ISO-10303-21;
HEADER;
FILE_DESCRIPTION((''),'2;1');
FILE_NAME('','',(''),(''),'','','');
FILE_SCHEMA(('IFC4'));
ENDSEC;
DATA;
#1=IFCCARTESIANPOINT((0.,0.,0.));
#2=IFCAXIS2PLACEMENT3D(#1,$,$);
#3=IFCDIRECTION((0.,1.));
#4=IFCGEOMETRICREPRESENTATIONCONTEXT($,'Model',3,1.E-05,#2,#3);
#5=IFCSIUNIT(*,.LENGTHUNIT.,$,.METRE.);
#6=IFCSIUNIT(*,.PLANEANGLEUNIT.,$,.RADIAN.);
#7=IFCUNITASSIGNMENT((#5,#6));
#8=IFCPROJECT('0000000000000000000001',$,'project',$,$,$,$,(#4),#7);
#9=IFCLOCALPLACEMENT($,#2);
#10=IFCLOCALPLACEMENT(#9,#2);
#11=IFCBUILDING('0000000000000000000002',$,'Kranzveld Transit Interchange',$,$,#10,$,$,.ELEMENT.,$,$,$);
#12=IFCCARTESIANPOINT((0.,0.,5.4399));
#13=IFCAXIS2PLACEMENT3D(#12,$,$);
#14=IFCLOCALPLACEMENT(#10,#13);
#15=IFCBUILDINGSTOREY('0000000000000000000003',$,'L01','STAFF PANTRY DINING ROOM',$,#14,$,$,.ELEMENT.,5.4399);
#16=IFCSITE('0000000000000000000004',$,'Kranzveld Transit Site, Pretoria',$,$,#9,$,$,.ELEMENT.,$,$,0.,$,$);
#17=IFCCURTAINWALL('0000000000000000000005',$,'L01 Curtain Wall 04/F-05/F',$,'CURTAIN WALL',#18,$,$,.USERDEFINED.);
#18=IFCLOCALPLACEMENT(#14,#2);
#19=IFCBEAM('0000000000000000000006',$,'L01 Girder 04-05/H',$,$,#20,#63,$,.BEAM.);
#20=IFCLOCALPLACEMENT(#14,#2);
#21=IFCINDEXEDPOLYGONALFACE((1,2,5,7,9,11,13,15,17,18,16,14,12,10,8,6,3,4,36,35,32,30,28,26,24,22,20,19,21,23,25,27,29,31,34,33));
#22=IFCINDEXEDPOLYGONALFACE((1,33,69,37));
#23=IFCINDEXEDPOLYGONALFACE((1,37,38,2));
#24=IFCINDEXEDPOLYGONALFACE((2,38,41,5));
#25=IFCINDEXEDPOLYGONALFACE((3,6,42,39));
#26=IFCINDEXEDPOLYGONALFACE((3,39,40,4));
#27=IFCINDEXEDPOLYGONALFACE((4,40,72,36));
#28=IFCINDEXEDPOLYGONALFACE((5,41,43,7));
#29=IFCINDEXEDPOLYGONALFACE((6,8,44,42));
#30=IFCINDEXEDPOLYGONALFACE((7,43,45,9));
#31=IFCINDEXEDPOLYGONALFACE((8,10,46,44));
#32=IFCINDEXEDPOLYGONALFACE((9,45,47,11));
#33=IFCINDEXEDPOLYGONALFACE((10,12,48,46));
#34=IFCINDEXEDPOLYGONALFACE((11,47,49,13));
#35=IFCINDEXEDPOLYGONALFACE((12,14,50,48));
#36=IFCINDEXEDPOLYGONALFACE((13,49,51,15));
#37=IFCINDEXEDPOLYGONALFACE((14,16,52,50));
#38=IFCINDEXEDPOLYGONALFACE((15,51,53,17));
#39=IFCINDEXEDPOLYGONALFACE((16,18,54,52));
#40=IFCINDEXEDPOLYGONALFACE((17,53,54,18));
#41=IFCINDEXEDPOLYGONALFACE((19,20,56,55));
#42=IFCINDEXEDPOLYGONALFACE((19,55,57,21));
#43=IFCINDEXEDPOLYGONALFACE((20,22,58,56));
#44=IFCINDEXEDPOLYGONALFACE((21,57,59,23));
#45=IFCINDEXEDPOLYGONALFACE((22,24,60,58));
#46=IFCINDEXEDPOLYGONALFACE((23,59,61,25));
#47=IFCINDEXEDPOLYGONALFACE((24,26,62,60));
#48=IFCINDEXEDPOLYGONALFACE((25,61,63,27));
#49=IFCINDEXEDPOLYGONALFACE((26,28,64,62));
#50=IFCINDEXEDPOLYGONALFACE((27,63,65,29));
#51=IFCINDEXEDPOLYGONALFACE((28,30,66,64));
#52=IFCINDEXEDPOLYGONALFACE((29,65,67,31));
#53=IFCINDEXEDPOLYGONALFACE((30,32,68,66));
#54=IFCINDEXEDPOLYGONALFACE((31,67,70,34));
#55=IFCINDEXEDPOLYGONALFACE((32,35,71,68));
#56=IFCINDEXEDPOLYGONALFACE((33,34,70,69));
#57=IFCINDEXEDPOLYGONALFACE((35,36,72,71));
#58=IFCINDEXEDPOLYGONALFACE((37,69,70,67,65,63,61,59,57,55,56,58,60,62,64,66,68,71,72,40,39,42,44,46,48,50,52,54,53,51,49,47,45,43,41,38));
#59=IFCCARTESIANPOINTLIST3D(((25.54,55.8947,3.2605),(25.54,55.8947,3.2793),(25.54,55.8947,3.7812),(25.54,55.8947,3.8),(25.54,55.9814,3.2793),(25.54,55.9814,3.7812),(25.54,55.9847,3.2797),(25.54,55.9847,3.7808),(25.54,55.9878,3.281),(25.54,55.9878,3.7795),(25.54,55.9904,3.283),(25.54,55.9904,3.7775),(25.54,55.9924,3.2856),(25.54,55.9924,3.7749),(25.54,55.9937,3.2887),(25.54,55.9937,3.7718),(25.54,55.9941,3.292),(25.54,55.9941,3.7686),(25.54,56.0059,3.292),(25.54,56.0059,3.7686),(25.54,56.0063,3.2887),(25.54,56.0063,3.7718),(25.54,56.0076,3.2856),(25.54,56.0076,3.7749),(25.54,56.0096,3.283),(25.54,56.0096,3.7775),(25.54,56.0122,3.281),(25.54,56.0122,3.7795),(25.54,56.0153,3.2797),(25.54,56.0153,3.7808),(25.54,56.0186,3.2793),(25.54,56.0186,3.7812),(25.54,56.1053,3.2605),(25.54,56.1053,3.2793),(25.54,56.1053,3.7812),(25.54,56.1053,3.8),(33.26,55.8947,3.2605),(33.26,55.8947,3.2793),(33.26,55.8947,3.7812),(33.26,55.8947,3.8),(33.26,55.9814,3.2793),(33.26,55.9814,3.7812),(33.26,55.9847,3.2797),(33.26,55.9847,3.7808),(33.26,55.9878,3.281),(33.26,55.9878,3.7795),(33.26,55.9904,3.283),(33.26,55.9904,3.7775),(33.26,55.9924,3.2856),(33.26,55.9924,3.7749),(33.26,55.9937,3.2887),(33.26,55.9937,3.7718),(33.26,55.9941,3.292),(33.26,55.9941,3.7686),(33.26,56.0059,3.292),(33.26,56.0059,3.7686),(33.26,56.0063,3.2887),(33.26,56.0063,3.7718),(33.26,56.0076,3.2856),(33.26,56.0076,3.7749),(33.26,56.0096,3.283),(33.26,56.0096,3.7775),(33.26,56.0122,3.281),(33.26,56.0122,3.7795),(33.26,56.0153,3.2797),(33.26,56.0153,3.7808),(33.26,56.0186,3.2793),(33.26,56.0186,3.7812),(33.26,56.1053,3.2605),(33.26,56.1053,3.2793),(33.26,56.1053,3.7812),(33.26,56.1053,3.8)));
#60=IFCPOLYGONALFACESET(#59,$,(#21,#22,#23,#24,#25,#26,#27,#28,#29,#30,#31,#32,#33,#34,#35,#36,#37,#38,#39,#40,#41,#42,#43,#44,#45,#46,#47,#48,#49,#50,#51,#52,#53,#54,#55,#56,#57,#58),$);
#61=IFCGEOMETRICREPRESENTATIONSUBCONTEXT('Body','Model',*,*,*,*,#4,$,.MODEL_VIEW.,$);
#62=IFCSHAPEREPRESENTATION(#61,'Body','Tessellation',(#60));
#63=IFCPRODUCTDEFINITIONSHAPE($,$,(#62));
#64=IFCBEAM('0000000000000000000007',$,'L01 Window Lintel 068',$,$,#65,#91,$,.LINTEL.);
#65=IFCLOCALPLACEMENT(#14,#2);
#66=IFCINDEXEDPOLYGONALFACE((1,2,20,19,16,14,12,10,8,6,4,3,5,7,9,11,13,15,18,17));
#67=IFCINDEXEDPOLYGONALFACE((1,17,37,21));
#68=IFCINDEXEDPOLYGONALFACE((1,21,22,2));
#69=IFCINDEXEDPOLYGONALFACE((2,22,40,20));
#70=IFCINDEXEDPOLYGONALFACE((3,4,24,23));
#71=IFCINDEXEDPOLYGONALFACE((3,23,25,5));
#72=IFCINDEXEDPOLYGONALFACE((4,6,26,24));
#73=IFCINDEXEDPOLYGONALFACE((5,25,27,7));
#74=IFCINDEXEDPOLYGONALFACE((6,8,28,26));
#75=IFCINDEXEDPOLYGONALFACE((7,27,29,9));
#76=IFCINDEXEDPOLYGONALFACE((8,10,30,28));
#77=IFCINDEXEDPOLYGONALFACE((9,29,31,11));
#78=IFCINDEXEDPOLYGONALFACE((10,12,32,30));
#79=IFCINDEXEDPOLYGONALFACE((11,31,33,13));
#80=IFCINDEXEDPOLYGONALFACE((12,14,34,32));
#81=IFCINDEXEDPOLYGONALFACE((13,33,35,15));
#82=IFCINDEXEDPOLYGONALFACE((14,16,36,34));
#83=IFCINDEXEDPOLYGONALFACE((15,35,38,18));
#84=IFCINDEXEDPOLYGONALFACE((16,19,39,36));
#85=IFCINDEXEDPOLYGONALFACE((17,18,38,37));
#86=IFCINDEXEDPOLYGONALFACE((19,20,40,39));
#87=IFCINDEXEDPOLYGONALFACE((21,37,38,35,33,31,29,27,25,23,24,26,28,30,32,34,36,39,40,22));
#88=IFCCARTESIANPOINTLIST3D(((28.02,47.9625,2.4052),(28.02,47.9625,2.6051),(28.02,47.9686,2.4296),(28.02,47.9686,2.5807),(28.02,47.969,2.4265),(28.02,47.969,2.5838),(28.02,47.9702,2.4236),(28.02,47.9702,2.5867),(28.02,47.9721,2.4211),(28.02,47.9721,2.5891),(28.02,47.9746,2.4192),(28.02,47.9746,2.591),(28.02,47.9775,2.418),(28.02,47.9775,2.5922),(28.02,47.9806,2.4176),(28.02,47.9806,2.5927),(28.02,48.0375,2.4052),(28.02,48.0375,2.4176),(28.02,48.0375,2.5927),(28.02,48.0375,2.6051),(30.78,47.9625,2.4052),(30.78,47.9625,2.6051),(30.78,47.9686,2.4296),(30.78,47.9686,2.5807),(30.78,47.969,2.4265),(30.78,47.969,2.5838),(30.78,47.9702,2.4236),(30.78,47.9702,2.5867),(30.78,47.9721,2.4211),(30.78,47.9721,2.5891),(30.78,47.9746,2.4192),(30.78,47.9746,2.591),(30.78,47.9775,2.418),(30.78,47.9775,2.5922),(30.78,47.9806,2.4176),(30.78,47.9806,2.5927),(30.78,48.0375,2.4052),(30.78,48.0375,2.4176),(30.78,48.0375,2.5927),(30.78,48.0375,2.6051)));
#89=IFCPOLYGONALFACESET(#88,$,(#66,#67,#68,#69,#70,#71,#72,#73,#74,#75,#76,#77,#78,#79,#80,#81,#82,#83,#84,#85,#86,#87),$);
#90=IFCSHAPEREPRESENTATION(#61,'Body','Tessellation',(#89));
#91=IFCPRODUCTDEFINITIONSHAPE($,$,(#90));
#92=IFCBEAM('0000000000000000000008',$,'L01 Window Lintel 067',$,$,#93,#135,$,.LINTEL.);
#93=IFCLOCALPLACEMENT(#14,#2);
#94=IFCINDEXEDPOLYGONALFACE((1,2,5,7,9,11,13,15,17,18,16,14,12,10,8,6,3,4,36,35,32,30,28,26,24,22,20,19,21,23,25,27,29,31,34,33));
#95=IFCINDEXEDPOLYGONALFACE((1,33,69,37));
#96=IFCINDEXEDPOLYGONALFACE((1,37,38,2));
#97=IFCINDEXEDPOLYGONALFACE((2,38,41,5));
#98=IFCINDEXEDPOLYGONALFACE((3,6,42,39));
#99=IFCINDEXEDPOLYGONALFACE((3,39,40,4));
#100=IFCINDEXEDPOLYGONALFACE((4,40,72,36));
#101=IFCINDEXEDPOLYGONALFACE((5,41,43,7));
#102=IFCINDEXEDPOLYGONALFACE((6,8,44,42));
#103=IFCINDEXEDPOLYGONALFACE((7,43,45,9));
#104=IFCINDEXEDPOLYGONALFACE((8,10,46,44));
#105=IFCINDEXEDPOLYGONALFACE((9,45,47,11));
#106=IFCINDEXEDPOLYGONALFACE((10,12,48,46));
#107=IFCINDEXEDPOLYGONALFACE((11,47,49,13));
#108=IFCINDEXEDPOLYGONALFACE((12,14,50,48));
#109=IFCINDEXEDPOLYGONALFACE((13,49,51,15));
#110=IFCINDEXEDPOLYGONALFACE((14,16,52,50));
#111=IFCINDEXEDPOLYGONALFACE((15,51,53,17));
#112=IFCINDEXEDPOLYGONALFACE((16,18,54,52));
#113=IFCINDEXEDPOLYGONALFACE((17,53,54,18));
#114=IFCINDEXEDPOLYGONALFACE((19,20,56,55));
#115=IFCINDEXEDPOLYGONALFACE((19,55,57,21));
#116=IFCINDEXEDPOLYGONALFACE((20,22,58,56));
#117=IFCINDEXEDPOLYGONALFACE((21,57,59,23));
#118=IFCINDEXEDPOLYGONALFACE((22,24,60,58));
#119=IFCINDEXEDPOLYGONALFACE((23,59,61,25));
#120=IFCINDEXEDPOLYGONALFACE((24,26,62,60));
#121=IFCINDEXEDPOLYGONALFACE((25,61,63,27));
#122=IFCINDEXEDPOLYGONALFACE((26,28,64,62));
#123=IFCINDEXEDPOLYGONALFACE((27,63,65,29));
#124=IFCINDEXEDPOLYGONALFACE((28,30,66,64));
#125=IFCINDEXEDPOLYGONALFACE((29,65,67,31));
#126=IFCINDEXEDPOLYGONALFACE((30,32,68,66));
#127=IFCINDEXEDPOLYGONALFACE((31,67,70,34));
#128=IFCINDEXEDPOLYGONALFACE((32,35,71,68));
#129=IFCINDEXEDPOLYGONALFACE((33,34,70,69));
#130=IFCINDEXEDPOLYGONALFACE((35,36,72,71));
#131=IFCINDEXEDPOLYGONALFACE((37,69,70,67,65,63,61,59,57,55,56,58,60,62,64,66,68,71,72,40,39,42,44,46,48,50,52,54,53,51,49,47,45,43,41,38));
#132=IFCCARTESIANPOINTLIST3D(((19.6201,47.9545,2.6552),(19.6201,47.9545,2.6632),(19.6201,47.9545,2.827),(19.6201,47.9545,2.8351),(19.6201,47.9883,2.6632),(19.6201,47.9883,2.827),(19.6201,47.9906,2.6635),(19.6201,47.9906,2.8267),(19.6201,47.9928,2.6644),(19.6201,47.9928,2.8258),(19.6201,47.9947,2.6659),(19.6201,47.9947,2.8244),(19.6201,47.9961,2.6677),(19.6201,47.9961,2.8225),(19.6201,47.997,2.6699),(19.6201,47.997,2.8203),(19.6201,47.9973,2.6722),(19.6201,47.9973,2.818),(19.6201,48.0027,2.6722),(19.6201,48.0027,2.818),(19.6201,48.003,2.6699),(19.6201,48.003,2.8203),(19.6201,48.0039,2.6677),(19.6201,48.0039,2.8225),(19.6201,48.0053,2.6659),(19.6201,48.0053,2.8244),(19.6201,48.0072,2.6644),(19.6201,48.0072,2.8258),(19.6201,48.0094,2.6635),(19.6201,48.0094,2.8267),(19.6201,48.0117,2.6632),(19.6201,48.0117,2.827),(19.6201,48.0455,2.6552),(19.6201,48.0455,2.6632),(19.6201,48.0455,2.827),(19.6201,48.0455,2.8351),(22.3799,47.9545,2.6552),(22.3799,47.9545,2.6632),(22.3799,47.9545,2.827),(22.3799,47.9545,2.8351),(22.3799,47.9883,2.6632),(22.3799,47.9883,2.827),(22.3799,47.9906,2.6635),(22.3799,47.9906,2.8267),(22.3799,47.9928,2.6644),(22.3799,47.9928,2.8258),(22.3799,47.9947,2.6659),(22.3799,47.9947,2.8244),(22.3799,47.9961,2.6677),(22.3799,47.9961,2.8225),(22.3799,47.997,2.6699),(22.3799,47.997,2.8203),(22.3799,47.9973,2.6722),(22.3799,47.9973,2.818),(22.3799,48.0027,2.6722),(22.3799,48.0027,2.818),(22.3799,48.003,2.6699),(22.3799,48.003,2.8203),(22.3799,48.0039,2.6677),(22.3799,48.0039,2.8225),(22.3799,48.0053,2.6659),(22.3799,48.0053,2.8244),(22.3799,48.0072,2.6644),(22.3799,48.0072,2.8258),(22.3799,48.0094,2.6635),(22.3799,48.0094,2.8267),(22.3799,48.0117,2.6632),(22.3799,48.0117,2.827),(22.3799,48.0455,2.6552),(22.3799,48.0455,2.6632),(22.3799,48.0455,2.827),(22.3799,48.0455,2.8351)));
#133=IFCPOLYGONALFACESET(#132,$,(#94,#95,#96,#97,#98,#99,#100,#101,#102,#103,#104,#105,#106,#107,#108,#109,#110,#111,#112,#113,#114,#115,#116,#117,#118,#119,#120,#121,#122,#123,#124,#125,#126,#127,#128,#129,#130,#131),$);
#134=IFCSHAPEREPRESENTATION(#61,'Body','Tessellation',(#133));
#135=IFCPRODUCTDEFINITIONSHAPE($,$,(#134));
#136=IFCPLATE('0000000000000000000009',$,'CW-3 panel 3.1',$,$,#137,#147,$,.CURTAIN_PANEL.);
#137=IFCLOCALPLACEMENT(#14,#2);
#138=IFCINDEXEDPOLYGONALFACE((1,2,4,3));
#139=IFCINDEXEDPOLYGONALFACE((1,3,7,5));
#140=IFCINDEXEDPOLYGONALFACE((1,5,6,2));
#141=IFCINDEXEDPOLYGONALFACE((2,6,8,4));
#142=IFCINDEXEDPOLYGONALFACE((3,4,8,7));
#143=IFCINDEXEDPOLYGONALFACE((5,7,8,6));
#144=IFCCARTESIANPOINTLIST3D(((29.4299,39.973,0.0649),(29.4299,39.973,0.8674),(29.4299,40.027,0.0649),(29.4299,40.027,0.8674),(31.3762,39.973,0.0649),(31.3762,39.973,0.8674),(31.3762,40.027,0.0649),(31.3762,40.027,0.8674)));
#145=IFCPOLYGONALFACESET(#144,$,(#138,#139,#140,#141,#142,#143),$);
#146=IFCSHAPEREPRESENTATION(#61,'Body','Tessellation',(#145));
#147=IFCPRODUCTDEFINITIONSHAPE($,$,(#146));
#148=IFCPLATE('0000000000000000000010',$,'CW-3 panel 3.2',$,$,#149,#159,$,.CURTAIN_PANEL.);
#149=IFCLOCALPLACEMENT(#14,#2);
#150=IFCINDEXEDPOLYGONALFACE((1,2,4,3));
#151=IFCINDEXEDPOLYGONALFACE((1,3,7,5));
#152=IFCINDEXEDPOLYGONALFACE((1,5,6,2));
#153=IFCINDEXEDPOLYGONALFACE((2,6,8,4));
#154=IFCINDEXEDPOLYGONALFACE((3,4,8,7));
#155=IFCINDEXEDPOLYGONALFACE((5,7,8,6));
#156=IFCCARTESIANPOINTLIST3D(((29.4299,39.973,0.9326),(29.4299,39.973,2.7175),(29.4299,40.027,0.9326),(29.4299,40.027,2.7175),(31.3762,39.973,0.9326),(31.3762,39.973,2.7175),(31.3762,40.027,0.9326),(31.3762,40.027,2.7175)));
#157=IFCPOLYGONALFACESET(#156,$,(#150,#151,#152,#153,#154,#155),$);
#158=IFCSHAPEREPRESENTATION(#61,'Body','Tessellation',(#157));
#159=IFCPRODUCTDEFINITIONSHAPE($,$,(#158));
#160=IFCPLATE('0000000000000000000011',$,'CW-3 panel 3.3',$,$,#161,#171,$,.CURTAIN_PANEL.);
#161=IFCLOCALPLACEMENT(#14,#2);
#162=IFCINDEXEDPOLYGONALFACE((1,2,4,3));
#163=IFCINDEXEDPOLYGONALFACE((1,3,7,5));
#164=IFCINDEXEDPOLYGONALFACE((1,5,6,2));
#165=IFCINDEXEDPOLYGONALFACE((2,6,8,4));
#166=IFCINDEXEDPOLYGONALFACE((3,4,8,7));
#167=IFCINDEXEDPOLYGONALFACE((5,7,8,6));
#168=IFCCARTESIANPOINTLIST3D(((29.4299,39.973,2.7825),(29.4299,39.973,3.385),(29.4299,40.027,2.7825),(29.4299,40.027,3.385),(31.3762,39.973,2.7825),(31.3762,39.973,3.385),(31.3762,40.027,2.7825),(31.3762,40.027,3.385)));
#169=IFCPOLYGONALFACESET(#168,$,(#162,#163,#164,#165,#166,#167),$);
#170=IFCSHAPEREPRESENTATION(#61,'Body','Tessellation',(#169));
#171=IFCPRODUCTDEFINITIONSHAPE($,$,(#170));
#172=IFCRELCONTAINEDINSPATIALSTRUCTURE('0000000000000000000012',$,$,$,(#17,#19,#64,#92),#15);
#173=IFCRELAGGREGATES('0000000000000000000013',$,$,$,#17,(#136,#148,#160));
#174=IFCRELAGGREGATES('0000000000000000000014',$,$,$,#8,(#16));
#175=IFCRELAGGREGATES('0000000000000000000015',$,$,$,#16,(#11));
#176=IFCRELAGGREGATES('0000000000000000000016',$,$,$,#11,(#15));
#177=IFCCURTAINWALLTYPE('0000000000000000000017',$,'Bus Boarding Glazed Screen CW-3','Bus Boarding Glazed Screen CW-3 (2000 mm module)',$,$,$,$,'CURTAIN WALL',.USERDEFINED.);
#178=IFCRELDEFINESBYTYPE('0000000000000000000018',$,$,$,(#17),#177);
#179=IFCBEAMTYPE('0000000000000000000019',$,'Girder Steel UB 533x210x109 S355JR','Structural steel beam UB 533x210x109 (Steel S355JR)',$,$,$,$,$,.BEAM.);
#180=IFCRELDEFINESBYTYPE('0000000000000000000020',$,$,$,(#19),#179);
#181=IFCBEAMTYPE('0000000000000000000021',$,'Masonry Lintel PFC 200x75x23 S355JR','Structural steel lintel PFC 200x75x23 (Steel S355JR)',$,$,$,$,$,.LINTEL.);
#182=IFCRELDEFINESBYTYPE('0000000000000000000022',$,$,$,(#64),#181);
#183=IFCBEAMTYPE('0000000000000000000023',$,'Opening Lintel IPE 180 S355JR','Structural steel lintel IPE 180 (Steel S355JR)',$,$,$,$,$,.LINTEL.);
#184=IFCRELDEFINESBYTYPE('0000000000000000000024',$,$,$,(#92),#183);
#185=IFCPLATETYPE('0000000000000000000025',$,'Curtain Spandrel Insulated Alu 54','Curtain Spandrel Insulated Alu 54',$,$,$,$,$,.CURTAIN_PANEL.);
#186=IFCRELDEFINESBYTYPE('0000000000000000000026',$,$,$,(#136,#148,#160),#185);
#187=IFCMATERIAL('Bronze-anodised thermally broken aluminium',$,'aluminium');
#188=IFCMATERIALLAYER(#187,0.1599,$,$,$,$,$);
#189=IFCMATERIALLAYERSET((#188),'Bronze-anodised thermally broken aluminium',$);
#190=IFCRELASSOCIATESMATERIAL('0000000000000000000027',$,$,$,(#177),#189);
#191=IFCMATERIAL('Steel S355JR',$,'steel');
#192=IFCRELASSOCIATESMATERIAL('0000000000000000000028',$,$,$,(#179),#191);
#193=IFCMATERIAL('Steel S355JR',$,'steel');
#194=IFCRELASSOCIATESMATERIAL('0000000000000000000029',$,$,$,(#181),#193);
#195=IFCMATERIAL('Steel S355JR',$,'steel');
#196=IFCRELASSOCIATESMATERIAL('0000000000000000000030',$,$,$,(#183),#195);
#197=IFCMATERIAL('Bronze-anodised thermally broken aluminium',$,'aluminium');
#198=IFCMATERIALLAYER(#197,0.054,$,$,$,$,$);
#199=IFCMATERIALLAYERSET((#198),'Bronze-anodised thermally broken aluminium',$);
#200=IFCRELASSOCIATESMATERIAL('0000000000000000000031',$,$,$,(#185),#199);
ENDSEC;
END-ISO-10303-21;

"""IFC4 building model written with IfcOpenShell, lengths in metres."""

from ifc_helpers import new_model, si_unit, direction, frame, origin, origin_2d, place, context, subcontext, project, spatial, rectangle, i_section, u_section, extrude, material, layer, layer_set, material_profile, profile_set, type_object, element, aggregate, save


model = new_model("IFC4")

# Units and contexts
model_context = context("Model", 3, precision=1e-05, world=origin(), true_north=direction((0.0, 1.0)))
body_context = subcontext(model_context, "Body", "Model", "MODEL_VIEW")
ifc_project = project(units=[si_unit("LENGTHUNIT", "METRE"), si_unit("PLANEANGLEUNIT", "RADIAN")], contexts=[model_context])

# Site, building, storey
site_placement = place(None, origin())
site = spatial("IfcSite", under=ifc_project, at=site_placement, Name="Kranzveld Transit Site, Pretoria", CompositionType="ELEMENT", RefElevation=0.0)
building_placement = place(site_placement, origin())
building = spatial("IfcBuilding", under=site, at=building_placement, Name="Kranzveld Transit Interchange", CompositionType="ELEMENT")
storey_placement = place(building_placement, frame((0.0, 0.0, 5.4399)))
storey = spatial("IfcBuildingStorey", under=building, at=storey_placement, Name="L01", Description="STAFF PANTRY DINING ROOM", CompositionType="ELEMENT", Elevation=5.4399)

# Curtain wall
ifc_material_1 = material(Name="Bronze-anodised thermally broken aluminium", Category="aluminium")
ifc_layer_1 = layer(ifc_material_1, 0.1599)
ifc_layer_set_1 = layer_set([ifc_layer_1], Name="Bronze-anodised thermally broken aluminium")
curtain_wall_type = type_object("IfcCurtainWallType", Name="Bus Boarding Glazed Screen CW-3", Description="Bus Boarding Glazed Screen CW-3 (2000 mm module)", ElementType="CURTAIN WALL", PredefinedType="USERDEFINED", material=ifc_layer_set_1)
curtain_wall_placement = place(storey_placement, origin())
curtain_wall = element("IfcCurtainWall", 1, at=curtain_wall_placement, inside=storey, type_object=curtain_wall_type, Name="L01 Curtain Wall 04/F-05/F", ObjectType="CURTAIN WALL", PredefinedType="USERDEFINED")

# Beams
ifc_material_2 = material(Name="Steel S355JR", Category="steel")
ifc_material_profile_1 = material_profile(ifc_material_2, i_section(OverallWidth=0.2107, OverallDepth=0.5396, WebThickness=0.0117, FlangeThickness=0.0188, FilletRadius=0.0127, at=origin_2d()), Name="UB 533x210x109")
ifc_profile_set_1 = profile_set([ifc_material_profile_1], Name="Steel S355JR")
beam_type_1 = type_object("IfcBeamType", Name="Girder Steel UB 533x210x109 S355JR", Description="Structural steel beam UB 533x210x109 (Steel S355JR)", PredefinedType="BEAM", material=ifc_profile_set_1)
beam_1_placement = place(storey_placement, frame((25.54, 56.0, 3.5303), z_axis=(1.0, 0.0, 0.0), x_axis=(0.0, 1.0, 0.0)))
element("IfcBeam", 2, at=beam_1_placement, inside=storey, type_object=beam_type_1, Name="L01 Girder 04-05/H", PredefinedType="BEAM", context=body_context, shape_type="SweptSolid", body=[
    extrude(i_section(OverallWidth=0.2107, OverallDepth=0.5396, WebThickness=0.0117, FlangeThickness=0.0188, FilletRadius=0.0127, at=origin_2d()), origin(), (0.0, 0.0, 1.0), 7.72),
])
ifc_material_3 = material(Name="Steel S355JR", Category="steel")
ifc_material_profile_2 = material_profile(ifc_material_3, u_section(Depth=0.2, FlangeWidth=0.075, WebThickness=0.0061, FlangeThickness=0.0125, FilletRadius=0.012, at=origin_2d()), Name="PFC 200x75x23")
ifc_profile_set_2 = profile_set([ifc_material_profile_2], Name="Steel S355JR")
beam_type_2 = type_object("IfcBeamType", Name="Masonry Lintel PFC 200x75x23 S355JR", Description="Structural steel lintel PFC 200x75x23 (Steel S355JR)", PredefinedType="LINTEL", material=ifc_profile_set_2)
beam_2_placement = place(storey_placement, frame((28.02, 48.0, 2.5051), z_axis=(1.0, 0.0, 0.0), x_axis=(0.0, 1.0, 0.0)))
element("IfcBeam", 3, at=beam_2_placement, inside=storey, type_object=beam_type_2, Name="L01 Window Lintel 068", PredefinedType="LINTEL", context=body_context, shape_type="SweptSolid", body=[
    extrude(u_section(Depth=0.2, FlangeWidth=0.075, WebThickness=0.0061, FlangeThickness=0.0125, FilletRadius=0.012, at=origin_2d()), origin(), (0.0, 0.0, 1.0), 2.76),
])
ifc_material_4 = material(Name="Steel S355JR", Category="steel")
ifc_material_profile_3 = material_profile(ifc_material_4, i_section(OverallWidth=0.0911, OverallDepth=0.1799, WebThickness=0.0054, FlangeThickness=0.0081, FilletRadius=0.009, at=origin_2d()), Name="IPE 180")
ifc_profile_set_3 = profile_set([ifc_material_profile_3], Name="Steel S355JR")
beam_type_3 = type_object("IfcBeamType", Name="Opening Lintel IPE 180 S355JR", Description="Structural steel lintel IPE 180 (Steel S355JR)", PredefinedType="LINTEL", material=ifc_profile_set_3)
beam_3_placement = place(storey_placement, frame((19.6201, 48.0, 2.7451), z_axis=(1.0, 0.0, 0.0), x_axis=(0.0, 1.0, 0.0)))
element("IfcBeam", 4, at=beam_3_placement, inside=storey, type_object=beam_type_3, Name="L01 Window Lintel 067", PredefinedType="LINTEL", context=body_context, shape_type="SweptSolid", body=[
    extrude(i_section(OverallWidth=0.0911, OverallDepth=0.1799, WebThickness=0.0054, FlangeThickness=0.0081, FilletRadius=0.009, at=origin_2d()), origin(), (0.0, 0.0, 1.0), 2.7598),
])

# Plates
ifc_material_5 = material(Name="Bronze-anodised thermally broken aluminium", Category="aluminium")
ifc_layer_2 = layer(ifc_material_5, 0.054)
ifc_layer_set_2 = layer_set([ifc_layer_2], Name="Bronze-anodised thermally broken aluminium")
plate_type = type_object("IfcPlateType", Name="Curtain Spandrel Insulated Alu 54", Description="Curtain Spandrel Insulated Alu 54", PredefinedType="CURTAIN_PANEL", material=ifc_layer_set_2)
plate_1_placement = place(storey_placement, frame((30.4031, 40.0, 0.0649), z_axis=(0.0, 0.0, 1.0), x_axis=(1.0, 0.0, 0.0)))
plate_1 = element("IfcPlate", 5, at=plate_1_placement, type_object=plate_type, Name="CW-3 panel 3.1", PredefinedType="CURTAIN_PANEL", context=body_context, shape_type="SweptSolid", body=[
    extrude(rectangle(XDim=1.9463, YDim=0.054, at=origin_2d()), origin(), (0.0, 0.0, 1.0), 0.8025),
])
plate_2_placement = place(storey_placement, frame((30.4031, 40.0, 0.9326), z_axis=(0.0, 0.0, 1.0), x_axis=(1.0, 0.0, 0.0)))
plate_2 = element("IfcPlate", 6, at=plate_2_placement, type_object=plate_type, Name="CW-3 panel 3.2", PredefinedType="CURTAIN_PANEL", context=body_context, shape_type="SweptSolid", body=[
    extrude(rectangle(XDim=1.9463, YDim=0.054, at=origin_2d()), origin(), (0.0, 0.0, 1.0), 1.7849),
])
plate_3_placement = place(storey_placement, frame((30.4031, 40.0, 2.7825), z_axis=(0.0, 0.0, 1.0), x_axis=(1.0, 0.0, 0.0)))
plate_3 = element("IfcPlate", 7, at=plate_3_placement, type_object=plate_type, Name="CW-3 panel 3.3", PredefinedType="CURTAIN_PANEL", context=body_context, shape_type="SweptSolid", body=[
    extrude(rectangle(XDim=1.9463, YDim=0.054, at=origin_2d()), origin(), (0.0, 0.0, 1.0), 0.6025),
])
aggregate(curtain_wall, [plate_1, plate_2, plate_3])

save(model, "model.ifc")
